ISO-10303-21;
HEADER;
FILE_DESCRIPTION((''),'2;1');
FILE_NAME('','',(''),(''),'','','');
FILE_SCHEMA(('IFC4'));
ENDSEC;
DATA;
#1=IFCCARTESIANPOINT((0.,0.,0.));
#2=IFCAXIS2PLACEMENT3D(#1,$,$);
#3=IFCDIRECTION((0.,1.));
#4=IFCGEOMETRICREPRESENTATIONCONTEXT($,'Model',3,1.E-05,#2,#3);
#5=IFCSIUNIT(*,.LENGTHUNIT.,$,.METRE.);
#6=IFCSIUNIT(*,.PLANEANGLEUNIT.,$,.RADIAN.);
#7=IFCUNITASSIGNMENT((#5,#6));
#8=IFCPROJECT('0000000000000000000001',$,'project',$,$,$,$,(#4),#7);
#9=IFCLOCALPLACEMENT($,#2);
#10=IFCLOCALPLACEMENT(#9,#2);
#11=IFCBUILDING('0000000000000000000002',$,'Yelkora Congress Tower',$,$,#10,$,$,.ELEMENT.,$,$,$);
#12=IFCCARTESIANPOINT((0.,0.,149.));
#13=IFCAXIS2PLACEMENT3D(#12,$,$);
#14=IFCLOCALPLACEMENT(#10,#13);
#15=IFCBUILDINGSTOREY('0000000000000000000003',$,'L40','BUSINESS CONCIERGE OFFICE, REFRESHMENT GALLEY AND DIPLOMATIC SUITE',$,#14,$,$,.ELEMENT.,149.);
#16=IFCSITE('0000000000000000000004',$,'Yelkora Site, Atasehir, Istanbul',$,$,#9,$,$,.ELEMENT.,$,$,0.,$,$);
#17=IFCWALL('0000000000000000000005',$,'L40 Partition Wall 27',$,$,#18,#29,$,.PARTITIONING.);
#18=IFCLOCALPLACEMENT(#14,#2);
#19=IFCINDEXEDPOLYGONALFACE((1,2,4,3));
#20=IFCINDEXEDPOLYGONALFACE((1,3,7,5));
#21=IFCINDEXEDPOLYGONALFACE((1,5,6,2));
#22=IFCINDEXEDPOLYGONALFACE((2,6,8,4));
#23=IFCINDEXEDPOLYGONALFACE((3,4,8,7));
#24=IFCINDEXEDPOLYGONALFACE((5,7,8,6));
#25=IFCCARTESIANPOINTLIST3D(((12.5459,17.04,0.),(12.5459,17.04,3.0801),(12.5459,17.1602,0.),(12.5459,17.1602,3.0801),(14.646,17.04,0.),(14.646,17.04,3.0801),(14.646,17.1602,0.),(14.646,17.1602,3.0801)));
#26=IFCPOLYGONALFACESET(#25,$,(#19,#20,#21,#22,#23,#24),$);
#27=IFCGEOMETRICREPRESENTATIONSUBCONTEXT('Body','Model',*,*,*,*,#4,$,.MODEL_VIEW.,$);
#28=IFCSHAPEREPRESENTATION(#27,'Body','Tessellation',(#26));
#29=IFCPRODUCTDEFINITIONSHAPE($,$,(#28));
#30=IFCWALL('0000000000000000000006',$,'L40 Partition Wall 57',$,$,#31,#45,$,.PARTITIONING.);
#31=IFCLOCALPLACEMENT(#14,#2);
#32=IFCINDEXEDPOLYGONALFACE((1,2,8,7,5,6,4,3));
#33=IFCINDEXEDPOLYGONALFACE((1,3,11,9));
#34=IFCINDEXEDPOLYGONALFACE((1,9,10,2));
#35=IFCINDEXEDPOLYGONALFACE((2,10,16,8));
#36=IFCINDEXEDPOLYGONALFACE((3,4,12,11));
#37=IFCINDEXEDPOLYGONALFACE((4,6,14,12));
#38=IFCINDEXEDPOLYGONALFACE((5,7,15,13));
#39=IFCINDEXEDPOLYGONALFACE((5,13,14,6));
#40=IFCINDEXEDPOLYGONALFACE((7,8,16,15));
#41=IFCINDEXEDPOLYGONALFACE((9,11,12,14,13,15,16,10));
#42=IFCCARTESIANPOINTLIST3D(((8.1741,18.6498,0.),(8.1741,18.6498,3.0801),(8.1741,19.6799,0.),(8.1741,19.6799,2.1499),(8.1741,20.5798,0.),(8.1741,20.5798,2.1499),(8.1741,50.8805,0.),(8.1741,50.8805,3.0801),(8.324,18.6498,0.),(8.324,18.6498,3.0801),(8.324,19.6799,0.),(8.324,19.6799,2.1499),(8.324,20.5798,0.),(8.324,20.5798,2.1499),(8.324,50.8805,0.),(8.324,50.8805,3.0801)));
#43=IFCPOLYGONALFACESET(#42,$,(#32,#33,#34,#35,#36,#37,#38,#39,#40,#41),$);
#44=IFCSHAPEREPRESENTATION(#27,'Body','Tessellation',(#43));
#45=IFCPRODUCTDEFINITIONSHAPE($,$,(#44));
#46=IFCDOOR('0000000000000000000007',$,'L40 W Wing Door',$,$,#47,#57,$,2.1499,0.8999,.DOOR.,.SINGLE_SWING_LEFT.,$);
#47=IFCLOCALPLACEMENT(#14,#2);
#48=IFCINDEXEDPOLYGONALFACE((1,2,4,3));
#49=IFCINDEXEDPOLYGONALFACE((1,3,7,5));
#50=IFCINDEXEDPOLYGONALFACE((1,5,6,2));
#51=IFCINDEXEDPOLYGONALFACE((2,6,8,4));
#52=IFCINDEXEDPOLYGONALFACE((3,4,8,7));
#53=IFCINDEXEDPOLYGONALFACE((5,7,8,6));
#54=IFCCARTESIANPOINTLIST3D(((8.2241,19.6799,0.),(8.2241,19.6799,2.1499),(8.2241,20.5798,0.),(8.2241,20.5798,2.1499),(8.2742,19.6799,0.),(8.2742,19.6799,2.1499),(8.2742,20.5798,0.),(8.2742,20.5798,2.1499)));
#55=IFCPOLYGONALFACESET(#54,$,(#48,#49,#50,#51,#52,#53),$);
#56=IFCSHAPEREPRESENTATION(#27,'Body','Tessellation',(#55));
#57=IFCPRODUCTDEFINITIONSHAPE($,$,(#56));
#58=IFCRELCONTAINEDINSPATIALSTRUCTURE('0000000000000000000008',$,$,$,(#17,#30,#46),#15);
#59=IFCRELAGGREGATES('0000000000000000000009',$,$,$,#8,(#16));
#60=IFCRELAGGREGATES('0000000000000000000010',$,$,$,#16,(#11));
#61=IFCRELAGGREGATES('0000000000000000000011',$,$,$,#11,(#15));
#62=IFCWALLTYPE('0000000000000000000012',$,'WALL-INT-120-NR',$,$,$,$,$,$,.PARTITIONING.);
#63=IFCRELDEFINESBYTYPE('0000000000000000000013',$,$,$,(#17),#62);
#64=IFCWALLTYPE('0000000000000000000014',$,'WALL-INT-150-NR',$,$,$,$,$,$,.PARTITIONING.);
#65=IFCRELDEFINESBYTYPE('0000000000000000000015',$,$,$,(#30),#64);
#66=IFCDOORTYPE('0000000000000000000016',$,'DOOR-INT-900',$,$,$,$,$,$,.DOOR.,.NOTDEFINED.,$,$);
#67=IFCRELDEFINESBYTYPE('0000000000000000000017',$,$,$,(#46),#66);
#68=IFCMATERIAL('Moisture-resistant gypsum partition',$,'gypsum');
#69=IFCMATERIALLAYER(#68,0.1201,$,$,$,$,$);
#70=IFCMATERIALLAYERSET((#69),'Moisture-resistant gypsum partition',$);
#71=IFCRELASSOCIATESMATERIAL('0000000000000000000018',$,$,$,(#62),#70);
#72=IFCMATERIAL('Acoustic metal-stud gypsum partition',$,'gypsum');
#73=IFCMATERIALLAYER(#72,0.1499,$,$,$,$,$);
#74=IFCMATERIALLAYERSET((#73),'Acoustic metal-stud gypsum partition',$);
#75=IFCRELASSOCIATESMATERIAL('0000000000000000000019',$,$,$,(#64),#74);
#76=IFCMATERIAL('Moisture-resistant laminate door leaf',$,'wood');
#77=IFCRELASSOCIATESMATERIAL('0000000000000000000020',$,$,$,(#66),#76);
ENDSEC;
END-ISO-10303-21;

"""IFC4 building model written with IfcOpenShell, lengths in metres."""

from ifc_helpers import new_model, si_unit, direction, frame, frame_2d, origin, place, context, subcontext, project, spatial, rectangle, extrude, material, layer, layer_set, type_object, element, fill, save


model = new_model("IFC4")

# Units and contexts
model_context = context("Model", 3, precision=1e-05, world=origin(), true_north=direction((0.0, 1.0)))
body_context = subcontext(model_context, "Body", "Model", "MODEL_VIEW")
ifc_project = project(units=[si_unit("LENGTHUNIT", "METRE"), si_unit("PLANEANGLEUNIT", "RADIAN")], contexts=[model_context])

# Site, building, storey
site_placement = place(None, origin())
site = spatial("IfcSite", under=ifc_project, at=site_placement, Name="Yelkora Site, Atasehir, Istanbul", CompositionType="ELEMENT", RefElevation=0.0)
building_placement = place(site_placement, origin())
building = spatial("IfcBuilding", under=site, at=building_placement, Name="Yelkora Congress Tower", CompositionType="ELEMENT")
storey_placement = place(building_placement, frame((0.0, 0.0, 149.0)))
storey = spatial("IfcBuildingStorey", under=building, at=storey_placement, Name="L40", Description="BUSINESS CONCIERGE OFFICE, REFRESHMENT GALLEY AND DIPLOMATIC SUITE", CompositionType="ELEMENT", Elevation=149.0)

# Wall
ifc_material_1 = material(Name="Moisture-resistant gypsum partition", Category="gypsum")
ifc_layer_1 = layer(ifc_material_1, 0.1201)
ifc_layer_set_1 = layer_set([ifc_layer_1], Name="Moisture-resistant gypsum partition")
wall_type_1 = type_object("IfcWallType", Name="WALL-INT-120-NR", PredefinedType="PARTITIONING", material=ifc_layer_set_1)
wall_1_placement = place(storey_placement, frame((12.5459, 17.1001, 0.0), z_axis=(0.0, 0.0, 1.0), x_axis=(1.0, 0.0, 0.0)))
element("IfcWall", 1, at=wall_1_placement, inside=storey, type_object=wall_type_1, Name="L40 Partition Wall 27", PredefinedType="PARTITIONING", context=body_context, shape_type="SweptSolid", body=[
    extrude(rectangle(XDim=2.1001, YDim=0.1201, at=frame_2d((1.05, 0.0))), origin(), (0.0, 0.0, 1.0), 3.0801),
])

# Wall, opening, door
ifc_material_2 = material(Name="Acoustic metal-stud gypsum partition", Category="gypsum")
ifc_layer_2 = layer(ifc_material_2, 0.1499)
ifc_layer_set_2 = layer_set([ifc_layer_2], Name="Acoustic metal-stud gypsum partition")
wall_type_2 = type_object("IfcWallType", Name="WALL-INT-150-NR", PredefinedType="PARTITIONING", material=ifc_layer_set_2)
wall_2_placement = place(storey_placement, frame((8.249, 18.6499, 0.0), z_axis=(0.0, 0.0, 1.0), x_axis=(0.0, 1.0, 0.0)))
wall_2 = element("IfcWall", 2, at=wall_2_placement, inside=storey, type_object=wall_type_2, Name="L40 Partition Wall 57", PredefinedType="PARTITIONING", context=body_context, shape_type="SweptSolid", body=[
    extrude(rectangle(XDim=32.2307, YDim=0.1499, at=frame_2d((16.1152, 0.0))), origin(), (0.0, 0.0, 1.0), 3.0801),
])
opening_1_placement = place(wall_2_placement, frame((1.03, 0.0, 0.0)))
opening_1 = element("IfcOpeningElement", 3, at=opening_1_placement, cuts=wall_2, PredefinedType="OPENING", context=body_context, shape_type="SweptSolid", body=[
    extrude(rectangle(XDim=0.8999, YDim=2.1499, at=frame_2d((0.45, 1.075))), frame((0.0, 0.085, 0.0), z_axis=(0.0, -1.0, 0.0), x_axis=(1.0, 0.0, 0.0)), (0.0, 0.0, 1.0), 0.1699),
])
ifc_material_3 = material(Name="Moisture-resistant laminate door leaf", Category="wood")
door_type_1 = type_object("IfcDoorType", Name="DOOR-INT-900", OperationType="NOTDEFINED", PredefinedType="DOOR", material=ifc_material_3)
door_1_placement = place(opening_1_placement, origin())
door_1 = element("IfcDoor", 4, at=door_1_placement, inside=storey, type_object=door_type_1, Name="L40 W Wing Door", OperationType="SINGLE_SWING_LEFT", OverallHeight=2.1499, OverallWidth=0.8999, PredefinedType="DOOR", context=body_context, shape_type="SweptSolid", body=[
    extrude(rectangle(XDim=0.8999, YDim=2.1499, at=frame_2d((0.45, 1.075))), frame((0.0, 0.0249, 0.0), z_axis=(0.0, -1.0, 0.0), x_axis=(1.0, 0.0, 0.0)), (0.0, 0.0, 1.0), 0.05),
])
fill(opening_1, door_1)

save(model, "model.ifc")
